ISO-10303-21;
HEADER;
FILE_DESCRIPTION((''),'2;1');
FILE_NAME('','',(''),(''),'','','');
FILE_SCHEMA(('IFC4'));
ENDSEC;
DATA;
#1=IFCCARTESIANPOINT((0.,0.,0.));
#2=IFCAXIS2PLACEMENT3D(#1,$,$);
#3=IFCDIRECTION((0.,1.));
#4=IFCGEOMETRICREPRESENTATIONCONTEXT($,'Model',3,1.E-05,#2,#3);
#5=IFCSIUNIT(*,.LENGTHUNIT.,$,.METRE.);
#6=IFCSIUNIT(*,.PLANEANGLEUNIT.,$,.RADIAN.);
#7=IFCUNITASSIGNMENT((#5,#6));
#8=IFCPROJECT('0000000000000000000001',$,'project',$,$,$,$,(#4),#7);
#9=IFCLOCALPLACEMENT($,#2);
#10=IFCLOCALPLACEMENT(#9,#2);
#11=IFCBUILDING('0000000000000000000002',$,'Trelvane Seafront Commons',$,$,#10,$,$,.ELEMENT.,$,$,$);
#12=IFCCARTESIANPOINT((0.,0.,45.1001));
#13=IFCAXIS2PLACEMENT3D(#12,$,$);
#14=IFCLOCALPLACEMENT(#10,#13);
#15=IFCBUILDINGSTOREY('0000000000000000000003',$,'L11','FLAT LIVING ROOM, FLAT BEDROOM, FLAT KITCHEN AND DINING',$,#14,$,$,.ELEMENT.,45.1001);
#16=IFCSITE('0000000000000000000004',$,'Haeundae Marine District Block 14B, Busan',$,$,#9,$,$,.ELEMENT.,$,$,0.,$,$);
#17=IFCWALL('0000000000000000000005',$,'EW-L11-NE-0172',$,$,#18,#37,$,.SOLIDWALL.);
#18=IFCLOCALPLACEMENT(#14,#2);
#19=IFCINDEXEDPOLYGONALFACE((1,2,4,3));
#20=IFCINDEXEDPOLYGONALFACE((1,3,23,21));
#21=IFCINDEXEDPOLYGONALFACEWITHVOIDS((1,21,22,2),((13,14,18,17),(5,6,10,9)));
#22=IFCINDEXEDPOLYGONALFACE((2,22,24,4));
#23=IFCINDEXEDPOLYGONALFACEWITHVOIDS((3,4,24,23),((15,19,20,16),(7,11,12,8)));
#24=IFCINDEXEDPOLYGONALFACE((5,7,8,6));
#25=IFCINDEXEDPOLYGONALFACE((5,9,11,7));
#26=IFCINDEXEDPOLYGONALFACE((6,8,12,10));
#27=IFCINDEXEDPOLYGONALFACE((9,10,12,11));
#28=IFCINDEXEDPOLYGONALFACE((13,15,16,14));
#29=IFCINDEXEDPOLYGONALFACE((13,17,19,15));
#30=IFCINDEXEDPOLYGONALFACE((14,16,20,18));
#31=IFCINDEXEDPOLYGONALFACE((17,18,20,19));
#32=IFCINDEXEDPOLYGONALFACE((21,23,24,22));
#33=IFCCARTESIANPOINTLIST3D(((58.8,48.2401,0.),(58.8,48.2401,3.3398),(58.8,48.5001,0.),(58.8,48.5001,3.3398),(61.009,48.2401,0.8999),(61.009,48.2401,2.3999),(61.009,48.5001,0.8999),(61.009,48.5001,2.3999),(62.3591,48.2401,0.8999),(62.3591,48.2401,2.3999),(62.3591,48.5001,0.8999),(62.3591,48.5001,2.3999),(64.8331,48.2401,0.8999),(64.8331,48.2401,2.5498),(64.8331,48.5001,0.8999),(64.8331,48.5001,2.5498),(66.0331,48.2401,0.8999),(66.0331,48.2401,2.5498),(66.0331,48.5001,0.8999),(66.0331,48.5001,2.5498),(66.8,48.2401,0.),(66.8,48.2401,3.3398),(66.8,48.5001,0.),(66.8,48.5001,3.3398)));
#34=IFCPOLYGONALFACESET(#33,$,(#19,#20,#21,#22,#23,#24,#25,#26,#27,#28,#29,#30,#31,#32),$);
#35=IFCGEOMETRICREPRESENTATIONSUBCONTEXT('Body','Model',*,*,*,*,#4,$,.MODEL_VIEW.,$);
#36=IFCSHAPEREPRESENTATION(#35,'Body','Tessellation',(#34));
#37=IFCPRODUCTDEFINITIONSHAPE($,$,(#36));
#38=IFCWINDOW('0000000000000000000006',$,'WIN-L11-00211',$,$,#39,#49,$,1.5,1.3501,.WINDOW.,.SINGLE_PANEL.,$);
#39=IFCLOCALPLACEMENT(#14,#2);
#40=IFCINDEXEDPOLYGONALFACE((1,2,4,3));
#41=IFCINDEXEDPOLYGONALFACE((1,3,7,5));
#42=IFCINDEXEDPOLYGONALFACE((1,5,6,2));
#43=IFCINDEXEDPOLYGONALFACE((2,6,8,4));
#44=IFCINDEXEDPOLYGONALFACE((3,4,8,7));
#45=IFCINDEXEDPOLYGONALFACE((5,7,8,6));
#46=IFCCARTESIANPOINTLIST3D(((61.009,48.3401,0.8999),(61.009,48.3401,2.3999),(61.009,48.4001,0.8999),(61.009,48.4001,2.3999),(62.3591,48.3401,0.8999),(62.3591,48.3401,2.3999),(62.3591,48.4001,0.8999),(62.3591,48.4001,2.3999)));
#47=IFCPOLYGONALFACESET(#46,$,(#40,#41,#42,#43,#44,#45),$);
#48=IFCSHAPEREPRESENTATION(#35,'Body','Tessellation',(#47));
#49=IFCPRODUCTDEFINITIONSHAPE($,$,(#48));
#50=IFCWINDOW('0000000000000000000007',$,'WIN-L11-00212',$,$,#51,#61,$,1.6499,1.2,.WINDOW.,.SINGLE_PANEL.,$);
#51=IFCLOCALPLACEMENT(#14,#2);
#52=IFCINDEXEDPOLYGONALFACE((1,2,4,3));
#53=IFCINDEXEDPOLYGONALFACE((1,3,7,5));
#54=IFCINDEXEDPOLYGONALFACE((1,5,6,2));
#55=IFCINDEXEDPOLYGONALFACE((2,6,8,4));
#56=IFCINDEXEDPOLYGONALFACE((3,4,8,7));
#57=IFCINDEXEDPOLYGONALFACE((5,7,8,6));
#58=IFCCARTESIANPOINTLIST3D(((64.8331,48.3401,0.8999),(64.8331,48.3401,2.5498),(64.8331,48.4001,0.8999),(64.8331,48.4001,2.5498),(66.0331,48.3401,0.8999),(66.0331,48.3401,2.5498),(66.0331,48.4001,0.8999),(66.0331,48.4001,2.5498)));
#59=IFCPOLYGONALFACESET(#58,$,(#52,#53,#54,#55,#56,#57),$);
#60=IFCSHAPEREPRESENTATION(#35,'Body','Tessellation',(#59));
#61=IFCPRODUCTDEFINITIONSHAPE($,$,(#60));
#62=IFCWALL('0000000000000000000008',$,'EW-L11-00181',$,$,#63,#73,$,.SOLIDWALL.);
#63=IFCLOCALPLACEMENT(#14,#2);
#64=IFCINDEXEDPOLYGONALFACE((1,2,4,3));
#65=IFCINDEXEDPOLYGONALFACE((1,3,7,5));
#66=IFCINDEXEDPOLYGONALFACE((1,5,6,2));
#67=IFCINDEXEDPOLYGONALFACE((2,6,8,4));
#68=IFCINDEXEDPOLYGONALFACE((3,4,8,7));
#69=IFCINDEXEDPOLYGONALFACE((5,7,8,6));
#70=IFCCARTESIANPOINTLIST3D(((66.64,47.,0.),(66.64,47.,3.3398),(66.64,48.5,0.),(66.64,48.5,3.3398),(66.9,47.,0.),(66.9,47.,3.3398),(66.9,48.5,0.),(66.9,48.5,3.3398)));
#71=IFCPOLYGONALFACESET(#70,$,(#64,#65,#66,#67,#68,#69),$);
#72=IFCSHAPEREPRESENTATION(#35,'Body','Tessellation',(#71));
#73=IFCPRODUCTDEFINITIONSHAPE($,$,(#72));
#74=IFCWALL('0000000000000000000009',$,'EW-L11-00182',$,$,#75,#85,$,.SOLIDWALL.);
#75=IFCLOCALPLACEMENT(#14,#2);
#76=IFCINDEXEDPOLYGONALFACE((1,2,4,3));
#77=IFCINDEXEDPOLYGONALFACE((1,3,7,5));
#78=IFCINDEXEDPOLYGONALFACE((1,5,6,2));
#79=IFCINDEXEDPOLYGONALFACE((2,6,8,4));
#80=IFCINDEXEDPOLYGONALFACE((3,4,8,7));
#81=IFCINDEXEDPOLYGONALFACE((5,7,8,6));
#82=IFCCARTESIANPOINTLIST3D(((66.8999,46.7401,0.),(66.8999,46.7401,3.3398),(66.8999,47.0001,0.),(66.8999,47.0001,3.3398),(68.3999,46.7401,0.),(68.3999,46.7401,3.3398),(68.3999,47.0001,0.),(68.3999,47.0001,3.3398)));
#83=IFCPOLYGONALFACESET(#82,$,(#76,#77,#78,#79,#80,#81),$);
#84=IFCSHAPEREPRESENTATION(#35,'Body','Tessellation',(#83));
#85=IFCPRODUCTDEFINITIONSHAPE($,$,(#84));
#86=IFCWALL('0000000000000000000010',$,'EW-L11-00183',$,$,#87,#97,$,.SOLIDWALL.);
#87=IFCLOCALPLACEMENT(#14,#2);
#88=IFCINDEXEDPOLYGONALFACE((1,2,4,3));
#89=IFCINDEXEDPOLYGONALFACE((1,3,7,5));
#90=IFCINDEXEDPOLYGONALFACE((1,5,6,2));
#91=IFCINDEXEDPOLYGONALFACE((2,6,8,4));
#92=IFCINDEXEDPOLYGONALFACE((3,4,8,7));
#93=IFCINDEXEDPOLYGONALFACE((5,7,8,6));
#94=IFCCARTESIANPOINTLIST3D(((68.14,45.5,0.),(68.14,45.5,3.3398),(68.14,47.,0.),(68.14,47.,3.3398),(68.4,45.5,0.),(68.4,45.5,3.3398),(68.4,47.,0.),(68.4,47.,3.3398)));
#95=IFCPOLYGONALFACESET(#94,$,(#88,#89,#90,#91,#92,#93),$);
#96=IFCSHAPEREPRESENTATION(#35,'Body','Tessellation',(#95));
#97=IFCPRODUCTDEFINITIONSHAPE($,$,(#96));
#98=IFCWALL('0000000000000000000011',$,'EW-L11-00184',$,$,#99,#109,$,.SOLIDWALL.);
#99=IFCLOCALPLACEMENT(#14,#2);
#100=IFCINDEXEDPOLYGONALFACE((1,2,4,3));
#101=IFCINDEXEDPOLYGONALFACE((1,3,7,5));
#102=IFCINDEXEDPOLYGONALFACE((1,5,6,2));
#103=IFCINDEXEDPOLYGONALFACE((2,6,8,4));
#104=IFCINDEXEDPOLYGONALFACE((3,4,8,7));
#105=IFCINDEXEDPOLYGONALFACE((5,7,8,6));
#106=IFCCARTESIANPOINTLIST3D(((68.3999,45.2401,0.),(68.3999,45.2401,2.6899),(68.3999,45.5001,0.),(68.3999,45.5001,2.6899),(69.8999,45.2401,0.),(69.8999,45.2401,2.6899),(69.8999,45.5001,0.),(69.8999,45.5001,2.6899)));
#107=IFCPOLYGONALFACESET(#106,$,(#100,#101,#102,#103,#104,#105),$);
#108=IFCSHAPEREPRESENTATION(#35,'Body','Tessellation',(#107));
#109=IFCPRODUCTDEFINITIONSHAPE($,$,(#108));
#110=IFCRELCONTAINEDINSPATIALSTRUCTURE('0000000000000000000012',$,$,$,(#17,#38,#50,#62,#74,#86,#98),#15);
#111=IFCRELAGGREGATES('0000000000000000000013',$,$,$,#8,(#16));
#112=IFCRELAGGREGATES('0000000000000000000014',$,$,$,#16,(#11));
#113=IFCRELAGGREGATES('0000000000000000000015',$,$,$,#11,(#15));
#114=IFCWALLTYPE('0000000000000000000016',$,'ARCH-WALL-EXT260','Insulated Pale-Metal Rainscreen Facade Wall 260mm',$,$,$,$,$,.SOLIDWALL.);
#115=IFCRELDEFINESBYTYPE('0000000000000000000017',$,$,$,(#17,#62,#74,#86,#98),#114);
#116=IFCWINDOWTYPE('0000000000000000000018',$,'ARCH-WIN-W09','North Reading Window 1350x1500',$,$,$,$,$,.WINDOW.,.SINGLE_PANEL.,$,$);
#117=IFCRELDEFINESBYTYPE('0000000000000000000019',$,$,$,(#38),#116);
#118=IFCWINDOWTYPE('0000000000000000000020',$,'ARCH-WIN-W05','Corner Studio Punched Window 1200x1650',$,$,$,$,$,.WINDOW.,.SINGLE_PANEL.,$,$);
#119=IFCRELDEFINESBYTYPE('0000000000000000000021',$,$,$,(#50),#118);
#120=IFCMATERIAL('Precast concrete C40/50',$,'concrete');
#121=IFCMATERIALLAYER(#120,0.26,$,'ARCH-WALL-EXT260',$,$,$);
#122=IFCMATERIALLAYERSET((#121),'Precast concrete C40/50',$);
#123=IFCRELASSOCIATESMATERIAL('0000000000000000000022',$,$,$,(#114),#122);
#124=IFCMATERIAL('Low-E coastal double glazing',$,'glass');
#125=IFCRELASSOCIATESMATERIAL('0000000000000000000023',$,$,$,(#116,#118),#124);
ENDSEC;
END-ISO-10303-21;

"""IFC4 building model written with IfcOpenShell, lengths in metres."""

from ifc_helpers import new_model, si_unit, direction, frame, frame_2d, origin, place, context, subcontext, project, spatial, rectangle, extrude, source, transform, mapped, material, layer, layer_set, type_object, element, fill, save


model = new_model("IFC4")

# Units and contexts
model_context = context("Model", 3, precision=1e-05, world=origin(), true_north=direction((0.0, 1.0)))
body_context = subcontext(model_context, "Body", "Model", "MODEL_VIEW")
ifc_project = project(units=[si_unit("LENGTHUNIT", "METRE"), si_unit("PLANEANGLEUNIT", "RADIAN")], contexts=[model_context])

# Site, building, storey
site_placement = place(None, origin())
site = spatial("IfcSite", under=ifc_project, at=site_placement, Name="Haeundae Marine District Block 14B, Busan", CompositionType="ELEMENT", RefElevation=0.0)
building_placement = place(site_placement, origin())
building = spatial("IfcBuilding", under=site, at=building_placement, Name="Trelvane Seafront Commons", CompositionType="ELEMENT")
storey_placement = place(building_placement, frame((0.0, 0.0, 45.1001)))
storey = spatial("IfcBuildingStorey", under=building, at=storey_placement, Name="L11", Description="FLAT LIVING ROOM, FLAT BEDROOM, FLAT KITCHEN AND DINING", CompositionType="ELEMENT", Elevation=45.1001)

# Shared definitions
ifc_material_1 = material(Name="Low-E coastal double glazing", Category="glass")

# Wall, openings, windows
ifc_material_2 = material(Name="Precast concrete C40/50", Category="concrete")
ifc_layer_1 = layer(ifc_material_2, 0.26, Name="ARCH-WALL-EXT260")
ifc_layer_set_1 = layer_set([ifc_layer_1], Name="Precast concrete C40/50")
wall_type = type_object("IfcWallType", Name="ARCH-WALL-EXT260", Description="Insulated Pale-Metal Rainscreen Facade Wall 260mm", PredefinedType="SOLIDWALL", material=ifc_layer_set_1)
wall_1_placement = place(storey_placement, frame((58.8, 48.3701, 0.0), z_axis=(0.0, 0.0, 1.0), x_axis=(1.0, 0.0, 0.0)))
wall_1 = element("IfcWall", 1, at=wall_1_placement, inside=storey, type_object=wall_type, Name="EW-L11-NE-0172", PredefinedType="SOLIDWALL", context=body_context, shape_type="SweptSolid", body=[
    extrude(rectangle(XDim=8.0, YDim=0.26, at=frame_2d((4.0, 0.0))), origin(), (0.0, 0.0, 1.0), 3.3398),
])
opening_1_placement = place(wall_1_placement, frame((2.209, 0.0, 0.8999)))
opening_1 = element("IfcOpeningElement", 2, at=opening_1_placement, cuts=wall_1, PredefinedType="OPENING", context=body_context, shape_type="SweptSolid", body=[
    extrude(rectangle(XDim=1.3501, YDim=1.5, at=frame_2d((0.675, 0.75))), frame((0.0, 0.1399, 0.0), z_axis=(0.0, -1.0, 0.0), x_axis=(1.0, 0.0, 0.0)), (0.0, 0.0, 1.0), 0.28),
])
opening_2_placement = place(wall_1_placement, frame((6.033, 0.0, 0.8999)))
opening_2 = element("IfcOpeningElement", 3, at=opening_2_placement, cuts=wall_1, PredefinedType="OPENING", context=body_context, shape_type="SweptSolid", body=[
    extrude(rectangle(XDim=1.2, YDim=1.6499, at=frame_2d((0.6001, 0.825))), frame((0.0, 0.1399, 0.0), z_axis=(0.0, -1.0, 0.0), x_axis=(1.0, 0.0, 0.0)), (0.0, 0.0, 1.0), 0.28),
])
window_type_1 = type_object("IfcWindowType", Name="ARCH-WIN-W09", Description="North Reading Window 1350x1500", PartitioningType="SINGLE_PANEL", PredefinedType="WINDOW", material=ifc_material_1)
shared_shape_1 = source(origin(), body_context, "Body", "SweptSolid", [
    extrude(rectangle(XDim=1.3501, YDim=1.5, at=frame_2d((0.675, 0.75))), frame((0.0, 0.03, 0.0), z_axis=(0.0, -1.0, 0.0), x_axis=(1.0, 0.0, 0.0)), (0.0, 0.0, 1.0), 0.0601),
])
window_1_placement = place(opening_1_placement, origin())
window_1 = element("IfcWindow", 4, at=window_1_placement, inside=storey, type_object=window_type_1, Name="WIN-L11-00211", OverallHeight=1.5, OverallWidth=1.3501, PartitioningType="SINGLE_PANEL", PredefinedType="WINDOW", context=body_context, shape_type="MappedRepresentation", body=[
    mapped(shared_shape_1, transform((0.0, 0.0, 0.0), x_axis=(1.0, 0.0, 0.0), y_axis=(0.0, 1.0, 0.0), z_axis=(0.0, 0.0, 1.0), scale=1.0)),
])
fill(opening_1, window_1)
window_type_2 = type_object("IfcWindowType", Name="ARCH-WIN-W05", Description="Corner Studio Punched Window 1200x1650", PartitioningType="SINGLE_PANEL", PredefinedType="WINDOW", material=ifc_material_1)
shared_shape_2 = source(origin(), body_context, "Body", "SweptSolid", [
    extrude(rectangle(XDim=1.2, YDim=1.6499, at=frame_2d((0.6001, 0.825))), frame((0.0, 0.03, 0.0), z_axis=(0.0, -1.0, 0.0), x_axis=(1.0, 0.0, 0.0)), (0.0, 0.0, 1.0), 0.0601),
])
window_2_placement = place(opening_2_placement, origin())
window_2 = element("IfcWindow", 5, at=window_2_placement, inside=storey, type_object=window_type_2, Name="WIN-L11-00212", OverallHeight=1.6499, OverallWidth=1.2, PartitioningType="SINGLE_PANEL", PredefinedType="WINDOW", context=body_context, shape_type="MappedRepresentation", body=[
    mapped(shared_shape_2, transform((0.0, 0.0, 0.0), x_axis=(1.0, 0.0, 0.0), y_axis=(0.0, 1.0, 0.0), z_axis=(0.0, 0.0, 1.0), scale=1.0)),
])
fill(opening_2, window_2)

# Walls
for number, where, z_axis, x_axis, name in (
    (6, (66.77, 48.5, 0.0), (0.0, 0.0, 1.0), (0.0, -1.0, 0.0), "EW-L11-00181"),
    (7, (66.8999, 46.8701, 0.0), (0.0, 0.0, 1.0), (1.0, 0.0, 0.0), "EW-L11-00182"),
    (8, (68.27, 47.0, 0.0), (0.0, 0.0, 1.0), (0.0, -1.0, 0.0), "EW-L11-00183"),
):
    element("IfcWall", number, at=place(storey_placement, frame(where, z_axis=z_axis, x_axis=x_axis)), inside=storey, type_object=wall_type, Name=name, PredefinedType="SOLIDWALL", context=body_context, shape_type="SweptSolid", body=[
        extrude(rectangle(XDim=1.5, YDim=0.26, at=frame_2d((0.75, 0.0))), origin(), (0.0, 0.0, 1.0), 3.3398),
    ])
wall_2_placement = place(storey_placement, frame((68.3999, 45.3701, 0.0), z_axis=(0.0, 0.0, 1.0), x_axis=(1.0, 0.0, 0.0)))
element("IfcWall", 9, at=wall_2_placement, inside=storey, type_object=wall_type, Name="EW-L11-00184", PredefinedType="SOLIDWALL", context=body_context, shape_type="SweptSolid", body=[
    extrude(rectangle(XDim=1.5, YDim=0.26, at=frame_2d((0.75, 0.0))), origin(), (0.0, 0.0, 1.0), 2.6899),
])

save(model, "model.ifc")
